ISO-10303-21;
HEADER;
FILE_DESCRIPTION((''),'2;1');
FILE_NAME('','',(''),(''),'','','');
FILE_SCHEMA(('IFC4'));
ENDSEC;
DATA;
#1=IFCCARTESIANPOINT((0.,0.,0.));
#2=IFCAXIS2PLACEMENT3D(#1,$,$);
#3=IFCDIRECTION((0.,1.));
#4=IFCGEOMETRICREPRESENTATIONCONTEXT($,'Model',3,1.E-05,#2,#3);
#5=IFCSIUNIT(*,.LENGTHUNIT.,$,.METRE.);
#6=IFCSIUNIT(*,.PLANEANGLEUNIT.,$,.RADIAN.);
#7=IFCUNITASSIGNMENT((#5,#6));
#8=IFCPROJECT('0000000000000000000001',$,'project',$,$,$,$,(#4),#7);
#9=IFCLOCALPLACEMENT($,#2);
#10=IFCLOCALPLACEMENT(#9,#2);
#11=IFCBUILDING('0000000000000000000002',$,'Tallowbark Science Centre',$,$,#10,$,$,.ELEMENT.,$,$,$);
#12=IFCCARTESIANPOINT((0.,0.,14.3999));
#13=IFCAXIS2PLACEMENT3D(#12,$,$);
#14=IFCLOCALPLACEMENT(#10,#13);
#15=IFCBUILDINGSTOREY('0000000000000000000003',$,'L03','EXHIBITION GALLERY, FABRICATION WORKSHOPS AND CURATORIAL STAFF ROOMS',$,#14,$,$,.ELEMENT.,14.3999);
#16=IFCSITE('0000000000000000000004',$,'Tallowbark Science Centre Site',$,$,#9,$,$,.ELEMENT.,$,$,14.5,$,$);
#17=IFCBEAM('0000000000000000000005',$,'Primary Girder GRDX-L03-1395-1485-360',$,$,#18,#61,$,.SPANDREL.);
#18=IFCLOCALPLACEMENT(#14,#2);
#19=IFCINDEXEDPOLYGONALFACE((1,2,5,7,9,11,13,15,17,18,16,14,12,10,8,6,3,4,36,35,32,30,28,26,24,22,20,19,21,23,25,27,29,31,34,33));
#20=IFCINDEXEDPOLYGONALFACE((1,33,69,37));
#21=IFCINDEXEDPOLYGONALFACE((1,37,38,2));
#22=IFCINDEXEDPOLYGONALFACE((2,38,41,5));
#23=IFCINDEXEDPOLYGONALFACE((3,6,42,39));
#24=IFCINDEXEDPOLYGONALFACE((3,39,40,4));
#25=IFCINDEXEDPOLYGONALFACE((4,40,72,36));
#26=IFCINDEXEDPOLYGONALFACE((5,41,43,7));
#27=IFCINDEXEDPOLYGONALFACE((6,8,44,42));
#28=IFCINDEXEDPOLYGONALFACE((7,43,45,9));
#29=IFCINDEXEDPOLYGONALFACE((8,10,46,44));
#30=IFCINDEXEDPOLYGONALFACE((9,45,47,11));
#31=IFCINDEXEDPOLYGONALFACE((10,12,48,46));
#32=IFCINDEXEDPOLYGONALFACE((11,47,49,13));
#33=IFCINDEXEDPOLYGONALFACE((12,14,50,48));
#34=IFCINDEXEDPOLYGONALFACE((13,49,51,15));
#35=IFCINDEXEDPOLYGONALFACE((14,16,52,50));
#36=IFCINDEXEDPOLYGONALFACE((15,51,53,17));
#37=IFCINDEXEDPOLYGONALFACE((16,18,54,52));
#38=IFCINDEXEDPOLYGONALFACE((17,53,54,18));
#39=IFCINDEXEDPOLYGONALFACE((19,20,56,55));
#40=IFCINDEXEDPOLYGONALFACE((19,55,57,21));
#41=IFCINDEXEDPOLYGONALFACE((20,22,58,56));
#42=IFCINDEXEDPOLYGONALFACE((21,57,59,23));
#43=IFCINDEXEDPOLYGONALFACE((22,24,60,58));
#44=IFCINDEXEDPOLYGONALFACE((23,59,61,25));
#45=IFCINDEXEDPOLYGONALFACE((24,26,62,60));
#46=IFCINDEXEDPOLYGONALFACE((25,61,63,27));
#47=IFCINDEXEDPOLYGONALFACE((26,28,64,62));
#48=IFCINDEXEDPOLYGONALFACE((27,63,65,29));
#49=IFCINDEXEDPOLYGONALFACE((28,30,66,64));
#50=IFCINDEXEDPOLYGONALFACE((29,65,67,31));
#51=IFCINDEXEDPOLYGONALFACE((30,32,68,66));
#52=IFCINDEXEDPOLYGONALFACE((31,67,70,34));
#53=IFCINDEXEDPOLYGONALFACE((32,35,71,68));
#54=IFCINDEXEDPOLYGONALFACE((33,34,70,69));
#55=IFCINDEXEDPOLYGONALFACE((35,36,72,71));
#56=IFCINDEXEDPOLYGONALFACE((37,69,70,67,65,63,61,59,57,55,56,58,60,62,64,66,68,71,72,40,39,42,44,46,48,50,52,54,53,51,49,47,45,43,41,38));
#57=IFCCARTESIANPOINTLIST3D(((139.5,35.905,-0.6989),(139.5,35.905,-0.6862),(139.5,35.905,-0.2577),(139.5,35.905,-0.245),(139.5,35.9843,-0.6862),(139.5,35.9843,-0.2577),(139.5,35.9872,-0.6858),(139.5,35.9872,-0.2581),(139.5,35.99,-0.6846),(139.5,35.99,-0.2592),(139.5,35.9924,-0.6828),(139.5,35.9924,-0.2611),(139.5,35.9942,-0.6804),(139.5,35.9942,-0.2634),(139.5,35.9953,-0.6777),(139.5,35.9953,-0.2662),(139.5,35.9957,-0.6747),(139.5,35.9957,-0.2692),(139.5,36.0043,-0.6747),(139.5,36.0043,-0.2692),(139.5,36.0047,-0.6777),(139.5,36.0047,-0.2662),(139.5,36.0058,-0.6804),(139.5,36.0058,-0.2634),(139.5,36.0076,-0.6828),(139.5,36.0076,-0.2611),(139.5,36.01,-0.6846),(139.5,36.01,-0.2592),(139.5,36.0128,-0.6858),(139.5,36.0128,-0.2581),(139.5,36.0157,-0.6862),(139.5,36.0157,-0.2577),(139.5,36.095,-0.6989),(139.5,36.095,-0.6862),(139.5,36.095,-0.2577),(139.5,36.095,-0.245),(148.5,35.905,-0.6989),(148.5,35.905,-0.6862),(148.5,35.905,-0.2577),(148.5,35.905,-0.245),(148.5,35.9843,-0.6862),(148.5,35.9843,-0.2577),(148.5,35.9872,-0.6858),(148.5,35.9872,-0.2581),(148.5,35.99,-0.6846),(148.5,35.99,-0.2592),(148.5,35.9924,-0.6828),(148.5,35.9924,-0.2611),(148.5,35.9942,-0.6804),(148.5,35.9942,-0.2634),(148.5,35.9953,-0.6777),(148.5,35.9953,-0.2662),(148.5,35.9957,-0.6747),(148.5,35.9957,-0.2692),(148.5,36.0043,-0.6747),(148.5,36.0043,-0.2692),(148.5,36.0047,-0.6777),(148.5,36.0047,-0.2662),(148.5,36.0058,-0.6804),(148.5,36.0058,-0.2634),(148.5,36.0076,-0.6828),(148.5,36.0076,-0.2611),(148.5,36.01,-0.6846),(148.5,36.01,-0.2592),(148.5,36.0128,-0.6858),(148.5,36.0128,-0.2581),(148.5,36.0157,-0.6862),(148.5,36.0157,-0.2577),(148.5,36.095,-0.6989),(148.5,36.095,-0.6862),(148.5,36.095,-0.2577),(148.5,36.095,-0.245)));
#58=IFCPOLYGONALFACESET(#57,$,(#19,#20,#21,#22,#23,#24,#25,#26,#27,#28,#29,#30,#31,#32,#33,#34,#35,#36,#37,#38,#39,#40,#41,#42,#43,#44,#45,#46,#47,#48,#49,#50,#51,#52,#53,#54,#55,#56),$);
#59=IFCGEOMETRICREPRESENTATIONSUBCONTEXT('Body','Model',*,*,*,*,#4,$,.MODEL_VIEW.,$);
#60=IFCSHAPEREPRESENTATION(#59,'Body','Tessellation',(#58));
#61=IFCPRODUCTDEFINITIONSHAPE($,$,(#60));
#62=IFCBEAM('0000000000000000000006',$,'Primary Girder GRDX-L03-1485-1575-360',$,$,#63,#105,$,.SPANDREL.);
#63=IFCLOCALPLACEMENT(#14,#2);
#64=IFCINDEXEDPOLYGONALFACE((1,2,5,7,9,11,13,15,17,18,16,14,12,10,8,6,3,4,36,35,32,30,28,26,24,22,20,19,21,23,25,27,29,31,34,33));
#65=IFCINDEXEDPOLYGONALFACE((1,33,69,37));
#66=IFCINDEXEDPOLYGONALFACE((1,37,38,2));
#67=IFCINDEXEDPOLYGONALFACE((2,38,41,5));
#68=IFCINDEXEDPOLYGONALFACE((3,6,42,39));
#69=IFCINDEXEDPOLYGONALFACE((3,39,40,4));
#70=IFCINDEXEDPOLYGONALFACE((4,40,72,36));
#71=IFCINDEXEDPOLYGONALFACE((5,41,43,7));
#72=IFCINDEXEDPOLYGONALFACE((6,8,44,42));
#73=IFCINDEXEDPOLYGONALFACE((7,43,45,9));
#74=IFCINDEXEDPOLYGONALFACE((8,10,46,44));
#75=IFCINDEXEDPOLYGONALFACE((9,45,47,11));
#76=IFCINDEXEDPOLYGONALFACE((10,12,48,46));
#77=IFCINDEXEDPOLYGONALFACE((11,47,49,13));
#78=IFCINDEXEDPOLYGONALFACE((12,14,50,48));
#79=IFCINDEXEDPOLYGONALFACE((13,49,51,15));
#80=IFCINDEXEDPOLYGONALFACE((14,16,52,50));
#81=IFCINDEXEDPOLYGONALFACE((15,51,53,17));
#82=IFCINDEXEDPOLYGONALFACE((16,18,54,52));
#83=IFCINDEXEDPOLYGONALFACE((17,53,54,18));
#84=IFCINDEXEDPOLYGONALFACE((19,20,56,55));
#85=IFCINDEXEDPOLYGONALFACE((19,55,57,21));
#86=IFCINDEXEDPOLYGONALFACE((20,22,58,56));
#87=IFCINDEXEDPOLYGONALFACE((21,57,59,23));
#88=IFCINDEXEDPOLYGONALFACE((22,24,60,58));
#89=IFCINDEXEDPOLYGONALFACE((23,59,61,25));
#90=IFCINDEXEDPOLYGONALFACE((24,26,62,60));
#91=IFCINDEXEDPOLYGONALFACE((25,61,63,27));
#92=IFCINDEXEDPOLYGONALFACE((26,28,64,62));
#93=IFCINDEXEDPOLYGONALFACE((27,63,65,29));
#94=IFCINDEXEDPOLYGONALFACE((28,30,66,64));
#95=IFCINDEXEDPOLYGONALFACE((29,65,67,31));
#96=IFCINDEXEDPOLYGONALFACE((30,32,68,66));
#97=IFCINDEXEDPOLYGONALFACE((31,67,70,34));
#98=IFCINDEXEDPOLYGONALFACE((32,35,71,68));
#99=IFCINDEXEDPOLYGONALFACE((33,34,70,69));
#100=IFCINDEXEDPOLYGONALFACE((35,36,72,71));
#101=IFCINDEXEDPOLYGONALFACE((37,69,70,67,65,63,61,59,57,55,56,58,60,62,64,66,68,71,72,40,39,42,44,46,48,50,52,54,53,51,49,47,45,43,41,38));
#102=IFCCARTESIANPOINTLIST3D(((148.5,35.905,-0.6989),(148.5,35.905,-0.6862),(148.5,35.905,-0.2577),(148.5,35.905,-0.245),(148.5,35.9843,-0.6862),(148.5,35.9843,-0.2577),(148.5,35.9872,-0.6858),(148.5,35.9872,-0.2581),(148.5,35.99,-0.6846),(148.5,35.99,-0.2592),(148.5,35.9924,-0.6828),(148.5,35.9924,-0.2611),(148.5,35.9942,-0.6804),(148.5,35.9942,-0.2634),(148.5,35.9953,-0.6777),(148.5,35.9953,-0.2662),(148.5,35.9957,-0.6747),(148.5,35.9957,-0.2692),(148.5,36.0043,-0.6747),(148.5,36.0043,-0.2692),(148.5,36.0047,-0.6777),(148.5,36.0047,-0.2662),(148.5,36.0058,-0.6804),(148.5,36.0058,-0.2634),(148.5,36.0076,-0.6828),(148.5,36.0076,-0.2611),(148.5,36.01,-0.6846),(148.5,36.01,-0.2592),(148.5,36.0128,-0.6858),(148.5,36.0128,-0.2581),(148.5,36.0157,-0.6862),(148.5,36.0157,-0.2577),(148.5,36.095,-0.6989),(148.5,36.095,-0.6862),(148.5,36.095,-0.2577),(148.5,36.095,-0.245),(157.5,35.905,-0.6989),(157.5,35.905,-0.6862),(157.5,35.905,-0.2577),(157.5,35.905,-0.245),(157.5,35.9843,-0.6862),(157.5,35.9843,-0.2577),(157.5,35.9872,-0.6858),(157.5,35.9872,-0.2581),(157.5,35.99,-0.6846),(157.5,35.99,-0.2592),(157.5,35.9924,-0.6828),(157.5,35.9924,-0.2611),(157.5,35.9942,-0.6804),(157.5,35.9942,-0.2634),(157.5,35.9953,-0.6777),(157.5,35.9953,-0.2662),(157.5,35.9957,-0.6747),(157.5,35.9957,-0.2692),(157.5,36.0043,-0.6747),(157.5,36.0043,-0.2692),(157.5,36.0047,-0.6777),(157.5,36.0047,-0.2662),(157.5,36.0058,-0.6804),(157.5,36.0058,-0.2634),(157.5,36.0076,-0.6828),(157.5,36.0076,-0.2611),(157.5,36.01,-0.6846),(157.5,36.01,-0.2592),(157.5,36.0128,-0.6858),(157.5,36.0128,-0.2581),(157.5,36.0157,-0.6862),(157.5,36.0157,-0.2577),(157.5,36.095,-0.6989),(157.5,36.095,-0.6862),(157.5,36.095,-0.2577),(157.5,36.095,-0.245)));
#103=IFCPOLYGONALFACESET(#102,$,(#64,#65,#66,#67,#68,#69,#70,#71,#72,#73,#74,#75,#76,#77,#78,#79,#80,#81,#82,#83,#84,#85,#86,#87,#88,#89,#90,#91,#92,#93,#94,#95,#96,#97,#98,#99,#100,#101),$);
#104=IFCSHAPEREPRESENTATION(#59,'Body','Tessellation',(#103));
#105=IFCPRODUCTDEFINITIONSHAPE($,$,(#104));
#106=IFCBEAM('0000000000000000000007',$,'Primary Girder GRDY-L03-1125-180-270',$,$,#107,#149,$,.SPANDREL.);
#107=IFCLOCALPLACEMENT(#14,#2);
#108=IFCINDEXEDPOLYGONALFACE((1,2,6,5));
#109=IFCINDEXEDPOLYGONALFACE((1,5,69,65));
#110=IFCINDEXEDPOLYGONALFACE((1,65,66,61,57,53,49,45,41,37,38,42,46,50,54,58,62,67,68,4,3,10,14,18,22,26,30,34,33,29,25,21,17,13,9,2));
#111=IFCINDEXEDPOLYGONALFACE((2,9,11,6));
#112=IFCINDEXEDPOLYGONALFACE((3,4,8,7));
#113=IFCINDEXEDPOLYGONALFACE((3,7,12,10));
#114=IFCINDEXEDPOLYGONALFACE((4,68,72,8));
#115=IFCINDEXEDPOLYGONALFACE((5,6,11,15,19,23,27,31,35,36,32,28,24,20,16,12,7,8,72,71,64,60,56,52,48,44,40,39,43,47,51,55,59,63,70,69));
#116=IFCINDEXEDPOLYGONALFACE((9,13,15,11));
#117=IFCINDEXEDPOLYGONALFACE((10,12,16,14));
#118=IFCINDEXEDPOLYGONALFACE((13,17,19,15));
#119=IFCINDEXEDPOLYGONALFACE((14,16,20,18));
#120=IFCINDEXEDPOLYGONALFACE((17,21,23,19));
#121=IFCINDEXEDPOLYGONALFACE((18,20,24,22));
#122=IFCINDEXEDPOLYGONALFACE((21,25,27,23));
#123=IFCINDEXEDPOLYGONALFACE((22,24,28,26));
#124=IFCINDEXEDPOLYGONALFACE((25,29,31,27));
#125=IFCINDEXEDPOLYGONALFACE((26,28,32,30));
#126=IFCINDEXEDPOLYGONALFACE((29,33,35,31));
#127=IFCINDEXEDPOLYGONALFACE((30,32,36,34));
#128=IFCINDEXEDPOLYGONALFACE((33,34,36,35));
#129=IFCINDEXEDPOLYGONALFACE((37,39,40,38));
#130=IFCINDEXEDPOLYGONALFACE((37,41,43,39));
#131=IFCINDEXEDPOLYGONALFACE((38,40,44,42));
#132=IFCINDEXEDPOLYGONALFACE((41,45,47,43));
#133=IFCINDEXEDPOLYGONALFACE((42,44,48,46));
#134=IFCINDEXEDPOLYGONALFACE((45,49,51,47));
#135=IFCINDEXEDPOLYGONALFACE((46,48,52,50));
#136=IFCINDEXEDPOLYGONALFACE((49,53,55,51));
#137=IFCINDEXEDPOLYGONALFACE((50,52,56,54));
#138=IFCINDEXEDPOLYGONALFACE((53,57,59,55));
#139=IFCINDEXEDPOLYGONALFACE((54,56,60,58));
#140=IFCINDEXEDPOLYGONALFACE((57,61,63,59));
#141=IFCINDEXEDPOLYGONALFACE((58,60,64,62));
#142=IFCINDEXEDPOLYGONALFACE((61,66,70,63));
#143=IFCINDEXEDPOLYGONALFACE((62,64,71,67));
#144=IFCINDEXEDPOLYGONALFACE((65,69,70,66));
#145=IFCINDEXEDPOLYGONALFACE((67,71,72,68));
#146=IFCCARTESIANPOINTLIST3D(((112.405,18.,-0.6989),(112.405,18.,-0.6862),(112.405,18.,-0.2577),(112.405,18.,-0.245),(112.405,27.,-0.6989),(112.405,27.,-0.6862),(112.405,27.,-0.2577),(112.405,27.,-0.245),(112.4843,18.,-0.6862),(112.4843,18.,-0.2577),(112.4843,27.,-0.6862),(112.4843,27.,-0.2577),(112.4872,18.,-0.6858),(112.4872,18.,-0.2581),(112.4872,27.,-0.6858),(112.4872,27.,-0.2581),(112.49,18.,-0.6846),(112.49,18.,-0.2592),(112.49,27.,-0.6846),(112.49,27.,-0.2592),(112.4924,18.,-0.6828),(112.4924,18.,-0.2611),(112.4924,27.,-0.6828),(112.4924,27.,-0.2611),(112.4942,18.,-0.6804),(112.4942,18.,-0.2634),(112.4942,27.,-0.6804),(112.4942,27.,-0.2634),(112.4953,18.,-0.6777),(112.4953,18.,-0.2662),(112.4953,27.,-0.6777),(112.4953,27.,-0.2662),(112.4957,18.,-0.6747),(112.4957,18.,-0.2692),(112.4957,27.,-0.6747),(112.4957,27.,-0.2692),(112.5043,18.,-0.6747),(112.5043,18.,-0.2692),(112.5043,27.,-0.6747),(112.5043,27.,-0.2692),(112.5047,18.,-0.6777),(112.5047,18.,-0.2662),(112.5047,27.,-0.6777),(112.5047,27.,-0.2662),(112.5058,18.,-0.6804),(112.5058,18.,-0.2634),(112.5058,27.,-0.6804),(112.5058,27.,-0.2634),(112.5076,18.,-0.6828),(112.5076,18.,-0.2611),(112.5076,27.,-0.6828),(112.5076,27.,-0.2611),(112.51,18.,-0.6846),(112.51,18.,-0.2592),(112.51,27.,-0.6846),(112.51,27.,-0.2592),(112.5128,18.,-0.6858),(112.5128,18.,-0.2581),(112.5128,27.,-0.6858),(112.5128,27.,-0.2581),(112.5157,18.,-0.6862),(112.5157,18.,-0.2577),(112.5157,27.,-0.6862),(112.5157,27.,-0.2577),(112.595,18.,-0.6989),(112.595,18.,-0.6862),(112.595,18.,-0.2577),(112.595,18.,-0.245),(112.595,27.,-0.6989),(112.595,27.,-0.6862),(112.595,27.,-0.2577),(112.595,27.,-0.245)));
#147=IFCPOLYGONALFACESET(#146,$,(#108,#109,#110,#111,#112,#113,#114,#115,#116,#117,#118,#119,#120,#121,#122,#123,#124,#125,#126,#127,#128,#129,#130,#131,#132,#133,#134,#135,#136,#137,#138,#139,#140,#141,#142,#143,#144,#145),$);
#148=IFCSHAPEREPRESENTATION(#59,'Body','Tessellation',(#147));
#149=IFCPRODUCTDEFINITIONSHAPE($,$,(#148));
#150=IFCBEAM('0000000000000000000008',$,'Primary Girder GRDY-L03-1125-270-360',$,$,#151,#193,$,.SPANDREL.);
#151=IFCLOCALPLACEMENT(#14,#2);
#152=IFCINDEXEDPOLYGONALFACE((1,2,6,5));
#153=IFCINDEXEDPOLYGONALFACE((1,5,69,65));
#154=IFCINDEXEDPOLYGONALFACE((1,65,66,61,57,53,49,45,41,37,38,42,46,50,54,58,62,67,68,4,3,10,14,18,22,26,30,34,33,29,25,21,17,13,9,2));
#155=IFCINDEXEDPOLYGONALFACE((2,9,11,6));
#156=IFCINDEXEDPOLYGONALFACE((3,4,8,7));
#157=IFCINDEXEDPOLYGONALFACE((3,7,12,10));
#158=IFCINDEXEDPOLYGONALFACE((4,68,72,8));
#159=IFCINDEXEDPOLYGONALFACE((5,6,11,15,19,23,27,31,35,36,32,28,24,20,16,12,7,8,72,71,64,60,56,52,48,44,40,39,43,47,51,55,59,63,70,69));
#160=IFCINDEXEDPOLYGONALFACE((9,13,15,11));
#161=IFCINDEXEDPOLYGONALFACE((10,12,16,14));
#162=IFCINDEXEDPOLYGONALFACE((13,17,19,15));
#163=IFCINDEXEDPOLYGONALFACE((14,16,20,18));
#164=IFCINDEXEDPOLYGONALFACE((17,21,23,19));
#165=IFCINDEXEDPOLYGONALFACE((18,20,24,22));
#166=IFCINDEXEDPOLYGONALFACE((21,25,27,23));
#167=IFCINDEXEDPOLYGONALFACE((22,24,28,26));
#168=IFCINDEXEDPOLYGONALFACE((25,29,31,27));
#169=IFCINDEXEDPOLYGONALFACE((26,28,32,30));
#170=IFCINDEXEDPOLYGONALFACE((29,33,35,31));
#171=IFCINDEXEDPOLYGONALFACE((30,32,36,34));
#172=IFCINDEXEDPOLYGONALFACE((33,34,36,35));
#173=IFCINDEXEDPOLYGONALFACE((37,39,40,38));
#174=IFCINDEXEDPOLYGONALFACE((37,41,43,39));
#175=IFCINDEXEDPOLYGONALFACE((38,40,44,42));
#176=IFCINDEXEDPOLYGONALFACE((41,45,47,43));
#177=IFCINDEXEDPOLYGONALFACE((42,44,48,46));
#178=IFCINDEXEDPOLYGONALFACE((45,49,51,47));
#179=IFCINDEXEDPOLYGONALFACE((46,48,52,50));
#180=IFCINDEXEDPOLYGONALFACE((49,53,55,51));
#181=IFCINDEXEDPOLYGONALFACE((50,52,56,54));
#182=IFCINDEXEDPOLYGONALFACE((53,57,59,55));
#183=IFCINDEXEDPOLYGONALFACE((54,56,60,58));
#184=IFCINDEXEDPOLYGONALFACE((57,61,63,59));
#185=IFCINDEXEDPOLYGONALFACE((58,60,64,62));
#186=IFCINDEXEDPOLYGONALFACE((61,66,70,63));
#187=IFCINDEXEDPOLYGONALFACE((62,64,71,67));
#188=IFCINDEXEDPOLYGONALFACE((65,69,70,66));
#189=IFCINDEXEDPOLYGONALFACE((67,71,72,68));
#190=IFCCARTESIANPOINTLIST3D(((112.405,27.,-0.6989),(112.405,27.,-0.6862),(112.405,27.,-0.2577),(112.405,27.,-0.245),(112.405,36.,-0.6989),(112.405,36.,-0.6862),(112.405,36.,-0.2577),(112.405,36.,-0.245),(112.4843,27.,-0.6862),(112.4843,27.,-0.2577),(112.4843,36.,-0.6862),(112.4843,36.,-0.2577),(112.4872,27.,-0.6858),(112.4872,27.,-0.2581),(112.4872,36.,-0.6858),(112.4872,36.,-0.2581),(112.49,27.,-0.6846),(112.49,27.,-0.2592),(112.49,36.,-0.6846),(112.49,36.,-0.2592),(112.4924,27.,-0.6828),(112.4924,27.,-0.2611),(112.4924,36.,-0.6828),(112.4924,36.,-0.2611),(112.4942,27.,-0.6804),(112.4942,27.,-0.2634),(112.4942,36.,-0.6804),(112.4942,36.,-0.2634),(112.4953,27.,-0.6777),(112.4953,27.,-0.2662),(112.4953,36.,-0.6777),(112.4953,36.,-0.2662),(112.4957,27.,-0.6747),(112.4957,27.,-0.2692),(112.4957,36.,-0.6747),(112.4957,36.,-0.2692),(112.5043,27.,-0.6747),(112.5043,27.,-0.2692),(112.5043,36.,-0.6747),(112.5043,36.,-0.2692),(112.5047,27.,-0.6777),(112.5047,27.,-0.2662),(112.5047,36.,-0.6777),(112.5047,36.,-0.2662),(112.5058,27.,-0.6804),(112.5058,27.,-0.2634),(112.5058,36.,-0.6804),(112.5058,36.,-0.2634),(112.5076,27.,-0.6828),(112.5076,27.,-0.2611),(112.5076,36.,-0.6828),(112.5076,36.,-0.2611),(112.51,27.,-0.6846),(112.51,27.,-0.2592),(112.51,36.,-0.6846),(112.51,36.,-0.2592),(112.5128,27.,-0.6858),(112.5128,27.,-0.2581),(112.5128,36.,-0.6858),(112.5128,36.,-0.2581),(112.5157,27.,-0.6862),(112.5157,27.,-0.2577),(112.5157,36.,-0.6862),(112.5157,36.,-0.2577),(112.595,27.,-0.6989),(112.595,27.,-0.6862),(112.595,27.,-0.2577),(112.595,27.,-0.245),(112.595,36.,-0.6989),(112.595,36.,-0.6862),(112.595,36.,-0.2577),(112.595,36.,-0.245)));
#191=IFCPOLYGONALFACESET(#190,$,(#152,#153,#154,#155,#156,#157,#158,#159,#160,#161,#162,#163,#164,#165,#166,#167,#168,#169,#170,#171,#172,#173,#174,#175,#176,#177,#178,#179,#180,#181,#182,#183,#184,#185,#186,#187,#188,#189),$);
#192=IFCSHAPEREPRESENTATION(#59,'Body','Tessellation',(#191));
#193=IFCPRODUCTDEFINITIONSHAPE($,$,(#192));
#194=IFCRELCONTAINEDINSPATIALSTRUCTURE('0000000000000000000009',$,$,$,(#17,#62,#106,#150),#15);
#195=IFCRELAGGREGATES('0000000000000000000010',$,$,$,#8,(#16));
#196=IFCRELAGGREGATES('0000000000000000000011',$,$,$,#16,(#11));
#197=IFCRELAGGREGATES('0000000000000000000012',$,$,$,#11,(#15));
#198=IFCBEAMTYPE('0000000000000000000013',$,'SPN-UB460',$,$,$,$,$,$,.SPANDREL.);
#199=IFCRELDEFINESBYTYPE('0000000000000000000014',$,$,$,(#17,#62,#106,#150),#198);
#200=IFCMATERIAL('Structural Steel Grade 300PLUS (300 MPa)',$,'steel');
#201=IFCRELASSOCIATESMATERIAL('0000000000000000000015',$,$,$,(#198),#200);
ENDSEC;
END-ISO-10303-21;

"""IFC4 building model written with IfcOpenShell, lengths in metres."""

from ifc_helpers import new_model, si_unit, direction, frame, origin, origin_2d, place, context, subcontext, project, spatial, i_section, extrude, material, material_profile, profile_set, type_object, element, save


model = new_model("IFC4")

# Units and contexts
model_context = context("Model", 3, precision=1e-05, world=origin(), true_north=direction((0.0, 1.0)))
body_context = subcontext(model_context, "Body", "Model", "MODEL_VIEW")
ifc_project = project(units=[si_unit("LENGTHUNIT", "METRE"), si_unit("PLANEANGLEUNIT", "RADIAN")], contexts=[model_context])

# Site, building, storey
site_placement = place(None, origin())
site = spatial("IfcSite", under=ifc_project, at=site_placement, Name="Tallowbark Science Centre Site", CompositionType="ELEMENT", RefElevation=14.5)
building_placement = place(site_placement, origin())
building = spatial("IfcBuilding", under=site, at=building_placement, Name="Tallowbark Science Centre", CompositionType="ELEMENT")
storey_placement = place(building_placement, frame((0.0, 0.0, 14.3999)))
storey = spatial("IfcBuildingStorey", under=building, at=storey_placement, Name="L03", Description="EXHIBITION GALLERY, FABRICATION WORKSHOPS AND CURATORIAL STAFF ROOMS", CompositionType="ELEMENT", Elevation=14.3999)

# Shared definitions
ifc_material_1 = material(Name="Structural Steel Grade 300PLUS (300 MPa)", Category="steel")

# Beams
ifc_material_profile_1 = material_profile(ifc_material_1, i_section(OverallWidth=0.1899, OverallDepth=0.4539, WebThickness=0.0085, FlangeThickness=0.0127, FilletRadius=0.0115, at=origin_2d()), Name="460UB67.1")
ifc_profile_set_1 = profile_set([ifc_material_profile_1], Name="Structural Steel Grade 300PLUS (300 MPa)")
beam_type_1 = type_object("IfcBeamType", Name="SPN-UB460", PredefinedType="SPANDREL", material=ifc_profile_set_1)
for number, where, z_axis, x_axis, name in (
    (1, (139.5, 36.0, -0.4719), (1.0, 0.0, 0.0), (0.0, 1.0, 0.0), "Primary Girder GRDX-L03-1395-1485-360"),
    (2, (148.5, 36.0, -0.4719), (1.0, 0.0, 0.0), (0.0, 1.0, 0.0), "Primary Girder GRDX-L03-1485-1575-360"),
    (3, (112.5, 18.0, -0.4719), (0.0, 1.0, 0.0), (-1.0, 0.0, 0.0), "Primary Girder GRDY-L03-1125-180-270"),
    (4, (112.5, 27.0, -0.4719), (0.0, 1.0, 0.0), (-1.0, 0.0, 0.0), "Primary Girder GRDY-L03-1125-270-360"),
):
    element("IfcBeam", number, at=place(storey_placement, frame(where, z_axis=z_axis, x_axis=x_axis)), inside=storey, type_object=beam_type_1, Name=name, PredefinedType="SPANDREL", context=body_context, shape_type="SweptSolid", body=[
        extrude(i_section(OverallWidth=0.1899, OverallDepth=0.4539, WebThickness=0.0085, FlangeThickness=0.0127, FilletRadius=0.0115, at=origin_2d()), origin(), (0.0, 0.0, 1.0), 9.0),
    ])

save(model, "model.ifc")
